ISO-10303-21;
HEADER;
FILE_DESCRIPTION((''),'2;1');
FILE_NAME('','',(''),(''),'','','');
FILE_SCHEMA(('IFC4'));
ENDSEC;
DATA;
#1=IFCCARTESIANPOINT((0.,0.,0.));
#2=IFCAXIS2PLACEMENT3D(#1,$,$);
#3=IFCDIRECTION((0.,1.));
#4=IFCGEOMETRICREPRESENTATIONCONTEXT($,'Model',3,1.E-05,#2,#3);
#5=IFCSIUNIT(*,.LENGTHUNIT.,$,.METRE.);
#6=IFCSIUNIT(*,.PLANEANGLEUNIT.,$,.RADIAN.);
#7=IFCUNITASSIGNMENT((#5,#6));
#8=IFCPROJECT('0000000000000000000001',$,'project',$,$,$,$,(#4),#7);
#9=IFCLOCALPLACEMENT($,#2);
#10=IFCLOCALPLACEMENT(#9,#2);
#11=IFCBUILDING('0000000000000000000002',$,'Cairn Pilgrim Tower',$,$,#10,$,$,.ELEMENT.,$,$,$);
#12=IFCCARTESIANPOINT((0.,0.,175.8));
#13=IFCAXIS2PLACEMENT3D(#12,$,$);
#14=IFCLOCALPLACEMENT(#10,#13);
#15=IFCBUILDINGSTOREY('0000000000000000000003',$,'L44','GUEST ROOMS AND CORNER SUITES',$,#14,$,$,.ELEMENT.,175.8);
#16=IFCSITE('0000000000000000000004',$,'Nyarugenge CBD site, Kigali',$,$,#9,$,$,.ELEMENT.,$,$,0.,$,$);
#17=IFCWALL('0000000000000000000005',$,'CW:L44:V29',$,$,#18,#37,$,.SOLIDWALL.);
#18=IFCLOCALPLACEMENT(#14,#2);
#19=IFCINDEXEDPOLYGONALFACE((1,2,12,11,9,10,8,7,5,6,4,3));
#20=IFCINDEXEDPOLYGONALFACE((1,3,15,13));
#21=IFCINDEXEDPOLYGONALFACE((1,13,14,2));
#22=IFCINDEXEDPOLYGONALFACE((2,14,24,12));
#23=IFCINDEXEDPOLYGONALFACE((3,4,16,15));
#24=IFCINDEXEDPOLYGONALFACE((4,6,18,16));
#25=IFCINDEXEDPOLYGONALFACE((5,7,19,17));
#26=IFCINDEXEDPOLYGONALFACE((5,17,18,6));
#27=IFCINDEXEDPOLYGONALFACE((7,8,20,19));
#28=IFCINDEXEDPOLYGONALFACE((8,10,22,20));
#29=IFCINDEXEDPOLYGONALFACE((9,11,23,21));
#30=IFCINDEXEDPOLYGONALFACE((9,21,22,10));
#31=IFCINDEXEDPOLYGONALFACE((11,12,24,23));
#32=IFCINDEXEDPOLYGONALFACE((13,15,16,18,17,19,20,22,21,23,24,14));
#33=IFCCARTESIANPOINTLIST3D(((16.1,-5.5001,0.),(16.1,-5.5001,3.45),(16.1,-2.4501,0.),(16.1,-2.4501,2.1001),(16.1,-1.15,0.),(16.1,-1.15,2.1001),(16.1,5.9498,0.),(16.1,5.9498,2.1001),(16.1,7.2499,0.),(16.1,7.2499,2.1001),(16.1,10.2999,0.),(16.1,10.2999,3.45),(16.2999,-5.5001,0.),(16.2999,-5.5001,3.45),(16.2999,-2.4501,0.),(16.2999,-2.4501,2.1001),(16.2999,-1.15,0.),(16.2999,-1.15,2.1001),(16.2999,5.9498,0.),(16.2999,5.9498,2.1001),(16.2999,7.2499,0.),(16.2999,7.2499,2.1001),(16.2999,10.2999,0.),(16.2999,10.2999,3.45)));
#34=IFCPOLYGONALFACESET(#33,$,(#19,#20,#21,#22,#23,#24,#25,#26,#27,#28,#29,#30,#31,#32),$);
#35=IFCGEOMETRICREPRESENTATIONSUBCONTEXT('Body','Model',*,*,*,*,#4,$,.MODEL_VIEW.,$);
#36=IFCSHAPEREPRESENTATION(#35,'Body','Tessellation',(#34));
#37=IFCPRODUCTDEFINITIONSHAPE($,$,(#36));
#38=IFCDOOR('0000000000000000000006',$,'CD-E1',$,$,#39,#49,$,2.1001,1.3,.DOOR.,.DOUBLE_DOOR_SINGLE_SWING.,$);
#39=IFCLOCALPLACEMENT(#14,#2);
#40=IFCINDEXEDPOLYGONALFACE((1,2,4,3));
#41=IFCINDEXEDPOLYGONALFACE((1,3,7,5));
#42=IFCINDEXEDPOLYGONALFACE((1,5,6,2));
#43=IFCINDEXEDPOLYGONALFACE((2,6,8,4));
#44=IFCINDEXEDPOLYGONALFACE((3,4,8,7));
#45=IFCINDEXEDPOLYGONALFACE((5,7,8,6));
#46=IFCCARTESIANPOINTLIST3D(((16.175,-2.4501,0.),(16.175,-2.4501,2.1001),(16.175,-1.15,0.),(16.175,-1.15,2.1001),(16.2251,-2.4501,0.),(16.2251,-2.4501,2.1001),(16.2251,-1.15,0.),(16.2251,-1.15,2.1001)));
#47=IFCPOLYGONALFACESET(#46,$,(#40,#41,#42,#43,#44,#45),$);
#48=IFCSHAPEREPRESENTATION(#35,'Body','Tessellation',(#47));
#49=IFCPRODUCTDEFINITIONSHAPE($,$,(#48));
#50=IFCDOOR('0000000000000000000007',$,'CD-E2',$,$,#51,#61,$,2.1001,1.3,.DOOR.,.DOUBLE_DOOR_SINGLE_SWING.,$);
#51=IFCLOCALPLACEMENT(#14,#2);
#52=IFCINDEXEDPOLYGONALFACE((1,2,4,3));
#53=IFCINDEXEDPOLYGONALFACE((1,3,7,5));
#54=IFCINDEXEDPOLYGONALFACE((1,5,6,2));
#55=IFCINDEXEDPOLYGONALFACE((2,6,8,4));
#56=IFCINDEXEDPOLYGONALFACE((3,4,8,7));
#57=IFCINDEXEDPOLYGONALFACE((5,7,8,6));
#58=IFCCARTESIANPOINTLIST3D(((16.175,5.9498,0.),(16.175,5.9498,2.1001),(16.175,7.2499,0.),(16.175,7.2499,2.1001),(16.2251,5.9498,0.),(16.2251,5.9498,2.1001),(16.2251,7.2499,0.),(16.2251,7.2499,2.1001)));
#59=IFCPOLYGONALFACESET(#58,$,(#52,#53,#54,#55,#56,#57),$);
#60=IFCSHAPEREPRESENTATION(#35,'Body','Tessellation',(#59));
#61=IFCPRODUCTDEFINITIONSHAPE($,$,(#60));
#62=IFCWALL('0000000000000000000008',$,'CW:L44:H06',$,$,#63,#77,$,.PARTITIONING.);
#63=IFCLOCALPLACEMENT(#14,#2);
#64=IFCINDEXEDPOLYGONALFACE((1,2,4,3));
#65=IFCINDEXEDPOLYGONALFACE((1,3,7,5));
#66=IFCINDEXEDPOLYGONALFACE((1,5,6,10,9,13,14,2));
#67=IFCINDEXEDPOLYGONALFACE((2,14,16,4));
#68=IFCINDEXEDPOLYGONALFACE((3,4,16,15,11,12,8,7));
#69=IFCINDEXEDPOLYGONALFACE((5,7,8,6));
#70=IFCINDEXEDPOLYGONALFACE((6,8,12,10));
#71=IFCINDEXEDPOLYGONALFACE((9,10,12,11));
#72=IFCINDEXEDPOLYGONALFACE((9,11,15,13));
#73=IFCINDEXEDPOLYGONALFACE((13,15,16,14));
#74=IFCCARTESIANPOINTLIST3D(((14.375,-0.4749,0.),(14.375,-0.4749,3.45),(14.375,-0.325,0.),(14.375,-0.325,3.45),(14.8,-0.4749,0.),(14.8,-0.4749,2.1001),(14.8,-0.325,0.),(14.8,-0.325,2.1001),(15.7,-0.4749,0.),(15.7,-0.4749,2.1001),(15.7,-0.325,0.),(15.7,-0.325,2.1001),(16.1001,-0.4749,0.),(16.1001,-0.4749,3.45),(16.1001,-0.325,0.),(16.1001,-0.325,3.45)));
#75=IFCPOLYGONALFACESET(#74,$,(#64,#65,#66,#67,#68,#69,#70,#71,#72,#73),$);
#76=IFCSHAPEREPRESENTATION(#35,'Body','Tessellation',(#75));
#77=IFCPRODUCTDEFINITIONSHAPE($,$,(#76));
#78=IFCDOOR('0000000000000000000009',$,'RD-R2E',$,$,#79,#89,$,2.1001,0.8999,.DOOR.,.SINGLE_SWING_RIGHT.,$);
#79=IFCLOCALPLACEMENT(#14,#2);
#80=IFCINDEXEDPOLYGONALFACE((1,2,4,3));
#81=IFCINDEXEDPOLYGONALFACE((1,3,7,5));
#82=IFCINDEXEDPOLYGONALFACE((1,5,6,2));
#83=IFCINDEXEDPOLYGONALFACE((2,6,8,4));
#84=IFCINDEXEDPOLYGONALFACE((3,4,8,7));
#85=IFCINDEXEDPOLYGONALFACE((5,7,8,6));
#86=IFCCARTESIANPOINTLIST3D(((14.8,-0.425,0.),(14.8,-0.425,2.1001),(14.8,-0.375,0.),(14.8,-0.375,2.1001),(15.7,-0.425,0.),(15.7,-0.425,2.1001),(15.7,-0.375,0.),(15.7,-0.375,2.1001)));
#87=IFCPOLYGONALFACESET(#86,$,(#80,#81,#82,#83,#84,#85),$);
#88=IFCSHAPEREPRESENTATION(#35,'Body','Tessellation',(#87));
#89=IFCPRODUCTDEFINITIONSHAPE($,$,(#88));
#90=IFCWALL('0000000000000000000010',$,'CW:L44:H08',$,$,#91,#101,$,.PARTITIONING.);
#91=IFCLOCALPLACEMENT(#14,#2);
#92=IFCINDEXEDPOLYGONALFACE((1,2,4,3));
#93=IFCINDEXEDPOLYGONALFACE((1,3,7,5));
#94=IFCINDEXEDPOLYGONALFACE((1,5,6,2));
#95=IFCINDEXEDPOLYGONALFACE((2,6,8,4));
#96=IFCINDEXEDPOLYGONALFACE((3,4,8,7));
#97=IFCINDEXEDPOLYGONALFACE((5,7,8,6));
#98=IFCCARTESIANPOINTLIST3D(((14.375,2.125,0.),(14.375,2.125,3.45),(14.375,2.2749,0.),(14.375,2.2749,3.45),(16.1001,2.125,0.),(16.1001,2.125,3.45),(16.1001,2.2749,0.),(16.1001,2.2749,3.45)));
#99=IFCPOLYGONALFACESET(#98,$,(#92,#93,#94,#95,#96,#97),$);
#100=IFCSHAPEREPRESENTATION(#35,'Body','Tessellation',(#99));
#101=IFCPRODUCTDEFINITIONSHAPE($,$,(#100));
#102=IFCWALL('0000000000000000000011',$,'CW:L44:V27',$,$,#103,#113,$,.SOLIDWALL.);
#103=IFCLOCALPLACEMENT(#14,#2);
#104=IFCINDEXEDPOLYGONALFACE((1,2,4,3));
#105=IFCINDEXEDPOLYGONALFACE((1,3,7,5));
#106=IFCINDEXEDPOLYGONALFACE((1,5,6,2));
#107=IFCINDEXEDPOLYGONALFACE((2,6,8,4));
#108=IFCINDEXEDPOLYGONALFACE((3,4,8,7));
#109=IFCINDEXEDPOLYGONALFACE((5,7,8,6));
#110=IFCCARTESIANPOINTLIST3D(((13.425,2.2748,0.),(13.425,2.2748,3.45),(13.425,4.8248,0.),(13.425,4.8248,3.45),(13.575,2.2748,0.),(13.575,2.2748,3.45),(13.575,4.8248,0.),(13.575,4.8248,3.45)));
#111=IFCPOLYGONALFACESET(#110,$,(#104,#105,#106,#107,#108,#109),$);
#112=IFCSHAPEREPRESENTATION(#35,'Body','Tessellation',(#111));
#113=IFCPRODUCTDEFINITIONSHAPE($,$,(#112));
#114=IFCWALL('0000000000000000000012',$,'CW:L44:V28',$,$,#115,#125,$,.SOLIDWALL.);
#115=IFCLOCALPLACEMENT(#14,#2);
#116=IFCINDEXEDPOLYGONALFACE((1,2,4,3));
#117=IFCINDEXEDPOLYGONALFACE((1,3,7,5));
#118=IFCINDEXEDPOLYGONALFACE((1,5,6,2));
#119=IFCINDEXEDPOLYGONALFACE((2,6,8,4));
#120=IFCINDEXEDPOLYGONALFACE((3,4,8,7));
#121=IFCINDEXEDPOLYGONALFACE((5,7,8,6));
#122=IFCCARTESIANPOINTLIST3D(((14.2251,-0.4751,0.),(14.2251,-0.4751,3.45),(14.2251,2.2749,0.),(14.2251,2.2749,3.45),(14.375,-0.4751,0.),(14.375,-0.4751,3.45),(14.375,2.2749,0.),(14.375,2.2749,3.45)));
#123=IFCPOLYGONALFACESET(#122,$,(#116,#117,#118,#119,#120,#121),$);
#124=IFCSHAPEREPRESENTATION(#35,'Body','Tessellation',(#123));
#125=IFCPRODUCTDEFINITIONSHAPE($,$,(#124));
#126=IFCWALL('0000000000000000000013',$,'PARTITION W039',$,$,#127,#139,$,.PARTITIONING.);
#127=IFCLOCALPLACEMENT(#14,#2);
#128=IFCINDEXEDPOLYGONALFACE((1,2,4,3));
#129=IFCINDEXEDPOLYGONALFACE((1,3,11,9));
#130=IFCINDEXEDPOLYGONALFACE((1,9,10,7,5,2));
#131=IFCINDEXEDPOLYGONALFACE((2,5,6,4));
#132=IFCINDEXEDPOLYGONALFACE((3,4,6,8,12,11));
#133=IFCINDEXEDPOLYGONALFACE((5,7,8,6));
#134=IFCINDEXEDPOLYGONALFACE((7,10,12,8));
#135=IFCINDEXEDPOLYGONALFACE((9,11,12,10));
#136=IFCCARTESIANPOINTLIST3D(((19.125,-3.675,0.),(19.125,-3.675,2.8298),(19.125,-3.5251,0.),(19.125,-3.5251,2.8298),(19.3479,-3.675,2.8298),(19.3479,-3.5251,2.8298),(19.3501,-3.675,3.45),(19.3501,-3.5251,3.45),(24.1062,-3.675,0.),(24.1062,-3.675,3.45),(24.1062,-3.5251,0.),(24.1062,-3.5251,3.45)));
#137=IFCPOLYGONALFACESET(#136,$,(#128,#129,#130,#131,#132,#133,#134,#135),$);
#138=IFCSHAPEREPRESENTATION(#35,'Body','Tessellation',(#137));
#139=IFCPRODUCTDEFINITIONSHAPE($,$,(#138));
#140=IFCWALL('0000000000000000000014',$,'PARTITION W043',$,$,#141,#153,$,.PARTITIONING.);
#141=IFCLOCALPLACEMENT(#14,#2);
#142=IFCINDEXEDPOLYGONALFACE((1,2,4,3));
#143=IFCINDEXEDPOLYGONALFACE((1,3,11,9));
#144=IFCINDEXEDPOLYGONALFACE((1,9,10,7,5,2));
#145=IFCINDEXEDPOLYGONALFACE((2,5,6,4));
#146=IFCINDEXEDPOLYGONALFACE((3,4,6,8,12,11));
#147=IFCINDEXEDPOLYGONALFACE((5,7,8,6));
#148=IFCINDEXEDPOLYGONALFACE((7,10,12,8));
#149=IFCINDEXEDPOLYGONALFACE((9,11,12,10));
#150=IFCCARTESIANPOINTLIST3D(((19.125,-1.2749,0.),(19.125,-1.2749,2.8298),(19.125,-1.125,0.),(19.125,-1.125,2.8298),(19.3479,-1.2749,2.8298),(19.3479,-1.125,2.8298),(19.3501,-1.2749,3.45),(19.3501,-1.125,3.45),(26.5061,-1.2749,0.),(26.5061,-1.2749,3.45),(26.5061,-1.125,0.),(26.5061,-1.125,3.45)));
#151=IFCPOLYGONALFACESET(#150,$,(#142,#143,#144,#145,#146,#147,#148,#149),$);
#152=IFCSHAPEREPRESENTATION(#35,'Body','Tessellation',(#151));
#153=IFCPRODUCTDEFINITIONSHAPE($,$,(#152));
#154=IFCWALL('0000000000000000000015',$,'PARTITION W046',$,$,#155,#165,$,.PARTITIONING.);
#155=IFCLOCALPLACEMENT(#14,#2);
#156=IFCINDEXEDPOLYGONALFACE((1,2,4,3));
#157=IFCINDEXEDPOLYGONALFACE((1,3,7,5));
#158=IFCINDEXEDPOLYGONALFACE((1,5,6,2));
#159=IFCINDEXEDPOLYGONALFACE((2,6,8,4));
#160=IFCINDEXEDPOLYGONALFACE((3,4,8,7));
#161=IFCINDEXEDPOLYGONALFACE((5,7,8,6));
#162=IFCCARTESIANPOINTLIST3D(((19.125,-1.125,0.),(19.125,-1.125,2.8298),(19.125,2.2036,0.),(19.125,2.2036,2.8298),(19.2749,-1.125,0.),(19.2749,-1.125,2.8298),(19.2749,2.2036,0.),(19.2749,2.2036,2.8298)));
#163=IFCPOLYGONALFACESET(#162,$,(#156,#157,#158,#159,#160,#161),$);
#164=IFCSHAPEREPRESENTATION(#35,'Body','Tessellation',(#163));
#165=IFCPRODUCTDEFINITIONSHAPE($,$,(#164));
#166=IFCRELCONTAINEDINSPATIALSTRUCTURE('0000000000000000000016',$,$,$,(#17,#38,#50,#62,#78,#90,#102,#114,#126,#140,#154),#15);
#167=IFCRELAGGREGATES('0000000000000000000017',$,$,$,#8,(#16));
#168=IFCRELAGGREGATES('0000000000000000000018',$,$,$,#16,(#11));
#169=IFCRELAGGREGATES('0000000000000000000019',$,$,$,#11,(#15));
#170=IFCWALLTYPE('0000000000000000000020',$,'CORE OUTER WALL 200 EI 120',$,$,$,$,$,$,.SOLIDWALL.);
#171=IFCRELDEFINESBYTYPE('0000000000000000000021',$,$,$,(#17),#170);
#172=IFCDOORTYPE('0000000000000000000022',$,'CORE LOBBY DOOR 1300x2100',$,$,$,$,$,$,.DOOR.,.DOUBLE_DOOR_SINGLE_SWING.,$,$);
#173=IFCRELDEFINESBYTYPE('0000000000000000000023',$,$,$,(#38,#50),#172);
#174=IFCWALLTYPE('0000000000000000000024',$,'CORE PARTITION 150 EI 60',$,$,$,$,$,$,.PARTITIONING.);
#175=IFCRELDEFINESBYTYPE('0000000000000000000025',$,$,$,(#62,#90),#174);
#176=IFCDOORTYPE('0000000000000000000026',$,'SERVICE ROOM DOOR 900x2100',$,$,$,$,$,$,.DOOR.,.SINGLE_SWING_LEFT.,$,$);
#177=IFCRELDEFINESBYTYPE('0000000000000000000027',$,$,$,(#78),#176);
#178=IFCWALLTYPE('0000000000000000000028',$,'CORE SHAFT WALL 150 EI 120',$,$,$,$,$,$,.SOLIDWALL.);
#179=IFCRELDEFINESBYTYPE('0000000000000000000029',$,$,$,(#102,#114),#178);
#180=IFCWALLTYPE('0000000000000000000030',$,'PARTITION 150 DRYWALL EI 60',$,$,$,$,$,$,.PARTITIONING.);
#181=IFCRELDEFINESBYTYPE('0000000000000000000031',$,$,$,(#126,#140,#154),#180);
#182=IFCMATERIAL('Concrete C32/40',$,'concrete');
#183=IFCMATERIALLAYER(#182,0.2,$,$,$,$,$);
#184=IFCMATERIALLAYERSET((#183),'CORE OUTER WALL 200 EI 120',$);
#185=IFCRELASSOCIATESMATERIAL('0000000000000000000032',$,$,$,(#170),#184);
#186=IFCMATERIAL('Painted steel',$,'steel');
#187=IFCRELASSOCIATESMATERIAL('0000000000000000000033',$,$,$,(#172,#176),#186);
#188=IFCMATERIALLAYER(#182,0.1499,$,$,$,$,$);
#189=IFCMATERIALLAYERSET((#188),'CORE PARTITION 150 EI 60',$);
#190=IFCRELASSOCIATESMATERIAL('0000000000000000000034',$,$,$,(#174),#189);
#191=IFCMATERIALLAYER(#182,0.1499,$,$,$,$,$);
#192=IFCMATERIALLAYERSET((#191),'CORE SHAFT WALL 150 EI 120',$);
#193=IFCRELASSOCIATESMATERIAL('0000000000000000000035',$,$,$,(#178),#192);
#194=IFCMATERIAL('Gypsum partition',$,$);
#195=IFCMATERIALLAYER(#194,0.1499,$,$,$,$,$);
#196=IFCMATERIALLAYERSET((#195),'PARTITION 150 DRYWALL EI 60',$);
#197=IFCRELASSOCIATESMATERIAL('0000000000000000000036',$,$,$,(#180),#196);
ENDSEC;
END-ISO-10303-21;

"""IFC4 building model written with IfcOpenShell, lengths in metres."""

from ifc_helpers import new_model, si_unit, direction, frame, frame_2d, origin, place, context, subcontext, project, spatial, polyline, rectangle, outline, extrude, material, layer, layer_set, type_object, element, fill, save


model = new_model("IFC4")

# Units and contexts
model_context = context("Model", 3, precision=1e-05, world=origin(), true_north=direction((0.0, 1.0)))
body_context = subcontext(model_context, "Body", "Model", "MODEL_VIEW")
ifc_project = project(units=[si_unit("LENGTHUNIT", "METRE"), si_unit("PLANEANGLEUNIT", "RADIAN")], contexts=[model_context])

# Site, building, storey
site_placement = place(None, origin())
site = spatial("IfcSite", under=ifc_project, at=site_placement, Name="Nyarugenge CBD site, Kigali", CompositionType="ELEMENT", RefElevation=0.0)
building_placement = place(site_placement, origin())
building = spatial("IfcBuilding", under=site, at=building_placement, Name="Cairn Pilgrim Tower", CompositionType="ELEMENT")
storey_placement = place(building_placement, frame((0.0, 0.0, 175.8)))
storey = spatial("IfcBuildingStorey", under=building, at=storey_placement, Name="L44", Description="GUEST ROOMS AND CORNER SUITES", CompositionType="ELEMENT", Elevation=175.8)

# Wall, openings, doors
ifc_material_1 = material(Name="Concrete C32/40", Category="concrete")
ifc_layer_1 = layer(ifc_material_1, 0.2)
ifc_layer_set_1 = layer_set([ifc_layer_1], Name="CORE OUTER WALL 200 EI 120")
wall_type_1 = type_object("IfcWallType", Name="CORE OUTER WALL 200 EI 120", PredefinedType="SOLIDWALL", material=ifc_layer_set_1)
wall_1_placement = place(storey_placement, frame((16.2, -5.5, 0.0), z_axis=(0.0, 0.0, 1.0), x_axis=(0.0, 1.0, 0.0)))
wall_1 = element("IfcWall", 1, at=wall_1_placement, inside=storey, type_object=wall_type_1, Name="CW:L44:V29", PredefinedType="SOLIDWALL", context=body_context, shape_type="SweptSolid", body=[
    extrude(rectangle(XDim=15.8, YDim=0.2, at=frame_2d((7.8999, 0.0))), origin(), (0.0, 0.0, 1.0), 3.45),
])
opening_1_placement = place(wall_1_placement, frame((3.05, 0.0, 0.0)))
opening_1 = element("IfcOpeningElement", 2, at=opening_1_placement, cuts=wall_1, PredefinedType="OPENING", context=body_context, shape_type="SweptSolid", body=[
    extrude(rectangle(XDim=1.3, YDim=2.1001, at=frame_2d((0.6499, 1.05))), frame((0.0, 0.1099, 0.0), z_axis=(0.0, -1.0, 0.0), x_axis=(1.0, 0.0, 0.0)), (0.0, 0.0, 1.0), 0.22),
])
opening_2_placement = place(wall_1_placement, frame((11.45, 0.0, 0.0)))
opening_2 = element("IfcOpeningElement", 3, at=opening_2_placement, cuts=wall_1, PredefinedType="OPENING", context=body_context, shape_type="SweptSolid", body=[
    extrude(rectangle(XDim=1.3, YDim=2.1001, at=frame_2d((0.6499, 1.05))), frame((0.0, 0.1099, 0.0), z_axis=(0.0, -1.0, 0.0), x_axis=(1.0, 0.0, 0.0)), (0.0, 0.0, 1.0), 0.22),
])
ifc_material_2 = material(Name="Painted steel", Category="steel")
door_type_1 = type_object("IfcDoorType", Name="CORE LOBBY DOOR 1300x2100", OperationType="DOUBLE_DOOR_SINGLE_SWING", PredefinedType="DOOR", material=ifc_material_2)
door_1_placement = place(opening_1_placement, origin())
door_1 = element("IfcDoor", 4, at=door_1_placement, inside=storey, type_object=door_type_1, Name="CD-E1", OperationType="DOUBLE_DOOR_SINGLE_SWING", OverallHeight=2.1001, OverallWidth=1.3, PredefinedType="DOOR", context=body_context, shape_type="SweptSolid", body=[
    extrude(rectangle(XDim=1.3, YDim=2.1001, at=frame_2d((0.6499, 1.05))), frame((0.0, 0.0249, 0.0), z_axis=(0.0, -1.0, 0.0), x_axis=(1.0, 0.0, 0.0)), (0.0, 0.0, 1.0), 0.05),
])
fill(opening_1, door_1)
door_2_placement = place(opening_2_placement, origin())
door_2 = element("IfcDoor", 5, at=door_2_placement, inside=storey, type_object=door_type_1, Name="CD-E2", OperationType="DOUBLE_DOOR_SINGLE_SWING", OverallHeight=2.1001, OverallWidth=1.3, PredefinedType="DOOR", context=body_context, shape_type="SweptSolid", body=[
    extrude(rectangle(XDim=1.3, YDim=2.1001, at=frame_2d((0.6499, 1.05))), frame((0.0, 0.0249, 0.0), z_axis=(0.0, -1.0, 0.0), x_axis=(1.0, 0.0, 0.0)), (0.0, 0.0, 1.0), 0.05),
])
fill(opening_2, door_2)

# Wall, opening, door
ifc_layer_2 = layer(ifc_material_1, 0.1499)
ifc_layer_set_2 = layer_set([ifc_layer_2], Name="CORE PARTITION 150 EI 60")
wall_type_2 = type_object("IfcWallType", Name="CORE PARTITION 150 EI 60", PredefinedType="PARTITIONING", material=ifc_layer_set_2)
wall_2_placement = place(storey_placement, frame((14.375, -0.3999, 0.0), z_axis=(0.0, 0.0, 1.0), x_axis=(1.0, 0.0, 0.0)))
wall_2 = element("IfcWall", 6, at=wall_2_placement, inside=storey, type_object=wall_type_2, Name="CW:L44:H06", PredefinedType="PARTITIONING", context=body_context, shape_type="SweptSolid", body=[
    extrude(rectangle(XDim=1.7251, YDim=0.1499, at=frame_2d((0.8625, 0.0))), origin(), (0.0, 0.0, 1.0), 3.45),
])
opening_3_placement = place(wall_2_placement, frame((0.425, 0.0, 0.0)))
opening_3 = element("IfcOpeningElement", 7, at=opening_3_placement, cuts=wall_2, PredefinedType="OPENING", context=body_context, shape_type="SweptSolid", body=[
    extrude(rectangle(XDim=0.8999, YDim=2.1001, at=frame_2d((0.45, 1.05))), frame((0.0, 0.085, 0.0), z_axis=(0.0, -1.0, 0.0), x_axis=(1.0, 0.0, 0.0)), (0.0, 0.0, 1.0), 0.1699),
])
door_type_2 = type_object("IfcDoorType", Name="SERVICE ROOM DOOR 900x2100", OperationType="SINGLE_SWING_LEFT", PredefinedType="DOOR", material=ifc_material_2)
door_3_placement = place(opening_3_placement, origin())
door_3 = element("IfcDoor", 8, at=door_3_placement, inside=storey, type_object=door_type_2, Name="RD-R2E", OperationType="SINGLE_SWING_RIGHT", OverallHeight=2.1001, OverallWidth=0.8999, PredefinedType="DOOR", context=body_context, shape_type="SweptSolid", body=[
    extrude(rectangle(XDim=0.8999, YDim=2.1001, at=frame_2d((0.45, 1.05))), frame((0.0, 0.0249, 0.0), z_axis=(0.0, -1.0, 0.0), x_axis=(1.0, 0.0, 0.0)), (0.0, 0.0, 1.0), 0.05),
])
fill(opening_3, door_3)

# Walls
wall_3_placement = place(storey_placement, frame((14.375, 2.2, 0.0), z_axis=(0.0, 0.0, 1.0), x_axis=(1.0, 0.0, 0.0)))
element("IfcWall", 9, at=wall_3_placement, inside=storey, type_object=wall_type_2, Name="CW:L44:H08", PredefinedType="PARTITIONING", context=body_context, shape_type="SweptSolid", body=[
    extrude(rectangle(XDim=1.7251, YDim=0.1499, at=frame_2d((0.8625, 0.0))), origin(), (0.0, 0.0, 1.0), 3.45),
])
ifc_layer_3 = layer(ifc_material_1, 0.1499)
ifc_layer_set_3 = layer_set([ifc_layer_3], Name="CORE SHAFT WALL 150 EI 120")
wall_type_3 = type_object("IfcWallType", Name="CORE SHAFT WALL 150 EI 120", PredefinedType="SOLIDWALL", material=ifc_layer_set_3)
wall_4_placement = place(storey_placement, frame((13.5, 2.2749, 0.0), z_axis=(0.0, 0.0, 1.0), x_axis=(0.0, 1.0, 0.0)))
element("IfcWall", 10, at=wall_4_placement, inside=storey, type_object=wall_type_3, Name="CW:L44:V27", PredefinedType="SOLIDWALL", context=body_context, shape_type="SweptSolid", body=[
    extrude(rectangle(XDim=2.55, YDim=0.1499, at=frame_2d((1.2749, 0.0))), origin(), (0.0, 0.0, 1.0), 3.45),
])
wall_5_placement = place(storey_placement, frame((14.3, -0.4751, 0.0), z_axis=(0.0, 0.0, 1.0), x_axis=(0.0, 1.0, 0.0)))
element("IfcWall", 11, at=wall_5_placement, inside=storey, type_object=wall_type_3, Name="CW:L44:V28", PredefinedType="SOLIDWALL", context=body_context, shape_type="SweptSolid", body=[
    extrude(rectangle(XDim=2.75, YDim=0.1499, at=frame_2d((1.375, 0.0))), origin(), (0.0, 0.0, 1.0), 3.45),
])
ifc_material_3 = material(Name="Gypsum partition")
ifc_layer_4 = layer(ifc_material_3, 0.1499)
ifc_layer_set_4 = layer_set([ifc_layer_4], Name="PARTITION 150 DRYWALL EI 60")
wall_type_4 = type_object("IfcWallType", Name="PARTITION 150 DRYWALL EI 60", PredefinedType="PARTITIONING", material=ifc_layer_set_4)
wall_6_placement = place(storey_placement, frame((19.125, -3.6001, 0.0), z_axis=(0.0, 0.0, 1.0), x_axis=(1.0, 0.0, 0.0)))
element("IfcWall", 12, at=wall_6_placement, inside=storey, type_object=wall_type_4, Name="PARTITION W039", PredefinedType="PARTITIONING", context=body_context, shape_type="SweptSolid", body=[
    extrude(outline(polyline([(0.0, 0.0), (4.9812, 0.0), (4.9812, 3.45), (0.2251, 3.45), (0.2229, 2.8298), (0.0, 2.8298), (0.0, 0.0)])), frame((0.0, 0.075, 0.0), z_axis=(0.0, -1.0, 0.0), x_axis=(1.0, 0.0, 0.0)), (0.0, 0.0, 1.0), 0.1499),
])
wall_7_placement = place(storey_placement, frame((19.125, -1.2, 0.0), z_axis=(0.0, 0.0, 1.0), x_axis=(1.0, 0.0, 0.0)))
element("IfcWall", 13, at=wall_7_placement, inside=storey, type_object=wall_type_4, Name="PARTITION W043", PredefinedType="PARTITIONING", context=body_context, shape_type="SweptSolid", body=[
    extrude(outline(polyline([(0.0, 0.0), (7.3811, 0.0), (7.3811, 3.45), (0.2251, 3.45), (0.2229, 2.8298), (0.0, 2.8298), (0.0, 0.0)])), frame((0.0, 0.075, 0.0), z_axis=(0.0, -1.0, 0.0), x_axis=(1.0, 0.0, 0.0)), (0.0, 0.0, 1.0), 0.1499),
])
wall_8_placement = place(storey_placement, frame((19.2, -1.125, 0.0), z_axis=(0.0, 0.0, 1.0), x_axis=(0.0, 1.0, 0.0)))
element("IfcWall", 14, at=wall_8_placement, inside=storey, type_object=wall_type_4, Name="PARTITION W046", PredefinedType="PARTITIONING", context=body_context, shape_type="SweptSolid", body=[
    extrude(rectangle(XDim=3.3286, YDim=0.1499, at=frame_2d((1.6643, 0.0))), origin(), (0.0, 0.0, 1.0), 2.8298),
])

save(model, "model.ifc")
